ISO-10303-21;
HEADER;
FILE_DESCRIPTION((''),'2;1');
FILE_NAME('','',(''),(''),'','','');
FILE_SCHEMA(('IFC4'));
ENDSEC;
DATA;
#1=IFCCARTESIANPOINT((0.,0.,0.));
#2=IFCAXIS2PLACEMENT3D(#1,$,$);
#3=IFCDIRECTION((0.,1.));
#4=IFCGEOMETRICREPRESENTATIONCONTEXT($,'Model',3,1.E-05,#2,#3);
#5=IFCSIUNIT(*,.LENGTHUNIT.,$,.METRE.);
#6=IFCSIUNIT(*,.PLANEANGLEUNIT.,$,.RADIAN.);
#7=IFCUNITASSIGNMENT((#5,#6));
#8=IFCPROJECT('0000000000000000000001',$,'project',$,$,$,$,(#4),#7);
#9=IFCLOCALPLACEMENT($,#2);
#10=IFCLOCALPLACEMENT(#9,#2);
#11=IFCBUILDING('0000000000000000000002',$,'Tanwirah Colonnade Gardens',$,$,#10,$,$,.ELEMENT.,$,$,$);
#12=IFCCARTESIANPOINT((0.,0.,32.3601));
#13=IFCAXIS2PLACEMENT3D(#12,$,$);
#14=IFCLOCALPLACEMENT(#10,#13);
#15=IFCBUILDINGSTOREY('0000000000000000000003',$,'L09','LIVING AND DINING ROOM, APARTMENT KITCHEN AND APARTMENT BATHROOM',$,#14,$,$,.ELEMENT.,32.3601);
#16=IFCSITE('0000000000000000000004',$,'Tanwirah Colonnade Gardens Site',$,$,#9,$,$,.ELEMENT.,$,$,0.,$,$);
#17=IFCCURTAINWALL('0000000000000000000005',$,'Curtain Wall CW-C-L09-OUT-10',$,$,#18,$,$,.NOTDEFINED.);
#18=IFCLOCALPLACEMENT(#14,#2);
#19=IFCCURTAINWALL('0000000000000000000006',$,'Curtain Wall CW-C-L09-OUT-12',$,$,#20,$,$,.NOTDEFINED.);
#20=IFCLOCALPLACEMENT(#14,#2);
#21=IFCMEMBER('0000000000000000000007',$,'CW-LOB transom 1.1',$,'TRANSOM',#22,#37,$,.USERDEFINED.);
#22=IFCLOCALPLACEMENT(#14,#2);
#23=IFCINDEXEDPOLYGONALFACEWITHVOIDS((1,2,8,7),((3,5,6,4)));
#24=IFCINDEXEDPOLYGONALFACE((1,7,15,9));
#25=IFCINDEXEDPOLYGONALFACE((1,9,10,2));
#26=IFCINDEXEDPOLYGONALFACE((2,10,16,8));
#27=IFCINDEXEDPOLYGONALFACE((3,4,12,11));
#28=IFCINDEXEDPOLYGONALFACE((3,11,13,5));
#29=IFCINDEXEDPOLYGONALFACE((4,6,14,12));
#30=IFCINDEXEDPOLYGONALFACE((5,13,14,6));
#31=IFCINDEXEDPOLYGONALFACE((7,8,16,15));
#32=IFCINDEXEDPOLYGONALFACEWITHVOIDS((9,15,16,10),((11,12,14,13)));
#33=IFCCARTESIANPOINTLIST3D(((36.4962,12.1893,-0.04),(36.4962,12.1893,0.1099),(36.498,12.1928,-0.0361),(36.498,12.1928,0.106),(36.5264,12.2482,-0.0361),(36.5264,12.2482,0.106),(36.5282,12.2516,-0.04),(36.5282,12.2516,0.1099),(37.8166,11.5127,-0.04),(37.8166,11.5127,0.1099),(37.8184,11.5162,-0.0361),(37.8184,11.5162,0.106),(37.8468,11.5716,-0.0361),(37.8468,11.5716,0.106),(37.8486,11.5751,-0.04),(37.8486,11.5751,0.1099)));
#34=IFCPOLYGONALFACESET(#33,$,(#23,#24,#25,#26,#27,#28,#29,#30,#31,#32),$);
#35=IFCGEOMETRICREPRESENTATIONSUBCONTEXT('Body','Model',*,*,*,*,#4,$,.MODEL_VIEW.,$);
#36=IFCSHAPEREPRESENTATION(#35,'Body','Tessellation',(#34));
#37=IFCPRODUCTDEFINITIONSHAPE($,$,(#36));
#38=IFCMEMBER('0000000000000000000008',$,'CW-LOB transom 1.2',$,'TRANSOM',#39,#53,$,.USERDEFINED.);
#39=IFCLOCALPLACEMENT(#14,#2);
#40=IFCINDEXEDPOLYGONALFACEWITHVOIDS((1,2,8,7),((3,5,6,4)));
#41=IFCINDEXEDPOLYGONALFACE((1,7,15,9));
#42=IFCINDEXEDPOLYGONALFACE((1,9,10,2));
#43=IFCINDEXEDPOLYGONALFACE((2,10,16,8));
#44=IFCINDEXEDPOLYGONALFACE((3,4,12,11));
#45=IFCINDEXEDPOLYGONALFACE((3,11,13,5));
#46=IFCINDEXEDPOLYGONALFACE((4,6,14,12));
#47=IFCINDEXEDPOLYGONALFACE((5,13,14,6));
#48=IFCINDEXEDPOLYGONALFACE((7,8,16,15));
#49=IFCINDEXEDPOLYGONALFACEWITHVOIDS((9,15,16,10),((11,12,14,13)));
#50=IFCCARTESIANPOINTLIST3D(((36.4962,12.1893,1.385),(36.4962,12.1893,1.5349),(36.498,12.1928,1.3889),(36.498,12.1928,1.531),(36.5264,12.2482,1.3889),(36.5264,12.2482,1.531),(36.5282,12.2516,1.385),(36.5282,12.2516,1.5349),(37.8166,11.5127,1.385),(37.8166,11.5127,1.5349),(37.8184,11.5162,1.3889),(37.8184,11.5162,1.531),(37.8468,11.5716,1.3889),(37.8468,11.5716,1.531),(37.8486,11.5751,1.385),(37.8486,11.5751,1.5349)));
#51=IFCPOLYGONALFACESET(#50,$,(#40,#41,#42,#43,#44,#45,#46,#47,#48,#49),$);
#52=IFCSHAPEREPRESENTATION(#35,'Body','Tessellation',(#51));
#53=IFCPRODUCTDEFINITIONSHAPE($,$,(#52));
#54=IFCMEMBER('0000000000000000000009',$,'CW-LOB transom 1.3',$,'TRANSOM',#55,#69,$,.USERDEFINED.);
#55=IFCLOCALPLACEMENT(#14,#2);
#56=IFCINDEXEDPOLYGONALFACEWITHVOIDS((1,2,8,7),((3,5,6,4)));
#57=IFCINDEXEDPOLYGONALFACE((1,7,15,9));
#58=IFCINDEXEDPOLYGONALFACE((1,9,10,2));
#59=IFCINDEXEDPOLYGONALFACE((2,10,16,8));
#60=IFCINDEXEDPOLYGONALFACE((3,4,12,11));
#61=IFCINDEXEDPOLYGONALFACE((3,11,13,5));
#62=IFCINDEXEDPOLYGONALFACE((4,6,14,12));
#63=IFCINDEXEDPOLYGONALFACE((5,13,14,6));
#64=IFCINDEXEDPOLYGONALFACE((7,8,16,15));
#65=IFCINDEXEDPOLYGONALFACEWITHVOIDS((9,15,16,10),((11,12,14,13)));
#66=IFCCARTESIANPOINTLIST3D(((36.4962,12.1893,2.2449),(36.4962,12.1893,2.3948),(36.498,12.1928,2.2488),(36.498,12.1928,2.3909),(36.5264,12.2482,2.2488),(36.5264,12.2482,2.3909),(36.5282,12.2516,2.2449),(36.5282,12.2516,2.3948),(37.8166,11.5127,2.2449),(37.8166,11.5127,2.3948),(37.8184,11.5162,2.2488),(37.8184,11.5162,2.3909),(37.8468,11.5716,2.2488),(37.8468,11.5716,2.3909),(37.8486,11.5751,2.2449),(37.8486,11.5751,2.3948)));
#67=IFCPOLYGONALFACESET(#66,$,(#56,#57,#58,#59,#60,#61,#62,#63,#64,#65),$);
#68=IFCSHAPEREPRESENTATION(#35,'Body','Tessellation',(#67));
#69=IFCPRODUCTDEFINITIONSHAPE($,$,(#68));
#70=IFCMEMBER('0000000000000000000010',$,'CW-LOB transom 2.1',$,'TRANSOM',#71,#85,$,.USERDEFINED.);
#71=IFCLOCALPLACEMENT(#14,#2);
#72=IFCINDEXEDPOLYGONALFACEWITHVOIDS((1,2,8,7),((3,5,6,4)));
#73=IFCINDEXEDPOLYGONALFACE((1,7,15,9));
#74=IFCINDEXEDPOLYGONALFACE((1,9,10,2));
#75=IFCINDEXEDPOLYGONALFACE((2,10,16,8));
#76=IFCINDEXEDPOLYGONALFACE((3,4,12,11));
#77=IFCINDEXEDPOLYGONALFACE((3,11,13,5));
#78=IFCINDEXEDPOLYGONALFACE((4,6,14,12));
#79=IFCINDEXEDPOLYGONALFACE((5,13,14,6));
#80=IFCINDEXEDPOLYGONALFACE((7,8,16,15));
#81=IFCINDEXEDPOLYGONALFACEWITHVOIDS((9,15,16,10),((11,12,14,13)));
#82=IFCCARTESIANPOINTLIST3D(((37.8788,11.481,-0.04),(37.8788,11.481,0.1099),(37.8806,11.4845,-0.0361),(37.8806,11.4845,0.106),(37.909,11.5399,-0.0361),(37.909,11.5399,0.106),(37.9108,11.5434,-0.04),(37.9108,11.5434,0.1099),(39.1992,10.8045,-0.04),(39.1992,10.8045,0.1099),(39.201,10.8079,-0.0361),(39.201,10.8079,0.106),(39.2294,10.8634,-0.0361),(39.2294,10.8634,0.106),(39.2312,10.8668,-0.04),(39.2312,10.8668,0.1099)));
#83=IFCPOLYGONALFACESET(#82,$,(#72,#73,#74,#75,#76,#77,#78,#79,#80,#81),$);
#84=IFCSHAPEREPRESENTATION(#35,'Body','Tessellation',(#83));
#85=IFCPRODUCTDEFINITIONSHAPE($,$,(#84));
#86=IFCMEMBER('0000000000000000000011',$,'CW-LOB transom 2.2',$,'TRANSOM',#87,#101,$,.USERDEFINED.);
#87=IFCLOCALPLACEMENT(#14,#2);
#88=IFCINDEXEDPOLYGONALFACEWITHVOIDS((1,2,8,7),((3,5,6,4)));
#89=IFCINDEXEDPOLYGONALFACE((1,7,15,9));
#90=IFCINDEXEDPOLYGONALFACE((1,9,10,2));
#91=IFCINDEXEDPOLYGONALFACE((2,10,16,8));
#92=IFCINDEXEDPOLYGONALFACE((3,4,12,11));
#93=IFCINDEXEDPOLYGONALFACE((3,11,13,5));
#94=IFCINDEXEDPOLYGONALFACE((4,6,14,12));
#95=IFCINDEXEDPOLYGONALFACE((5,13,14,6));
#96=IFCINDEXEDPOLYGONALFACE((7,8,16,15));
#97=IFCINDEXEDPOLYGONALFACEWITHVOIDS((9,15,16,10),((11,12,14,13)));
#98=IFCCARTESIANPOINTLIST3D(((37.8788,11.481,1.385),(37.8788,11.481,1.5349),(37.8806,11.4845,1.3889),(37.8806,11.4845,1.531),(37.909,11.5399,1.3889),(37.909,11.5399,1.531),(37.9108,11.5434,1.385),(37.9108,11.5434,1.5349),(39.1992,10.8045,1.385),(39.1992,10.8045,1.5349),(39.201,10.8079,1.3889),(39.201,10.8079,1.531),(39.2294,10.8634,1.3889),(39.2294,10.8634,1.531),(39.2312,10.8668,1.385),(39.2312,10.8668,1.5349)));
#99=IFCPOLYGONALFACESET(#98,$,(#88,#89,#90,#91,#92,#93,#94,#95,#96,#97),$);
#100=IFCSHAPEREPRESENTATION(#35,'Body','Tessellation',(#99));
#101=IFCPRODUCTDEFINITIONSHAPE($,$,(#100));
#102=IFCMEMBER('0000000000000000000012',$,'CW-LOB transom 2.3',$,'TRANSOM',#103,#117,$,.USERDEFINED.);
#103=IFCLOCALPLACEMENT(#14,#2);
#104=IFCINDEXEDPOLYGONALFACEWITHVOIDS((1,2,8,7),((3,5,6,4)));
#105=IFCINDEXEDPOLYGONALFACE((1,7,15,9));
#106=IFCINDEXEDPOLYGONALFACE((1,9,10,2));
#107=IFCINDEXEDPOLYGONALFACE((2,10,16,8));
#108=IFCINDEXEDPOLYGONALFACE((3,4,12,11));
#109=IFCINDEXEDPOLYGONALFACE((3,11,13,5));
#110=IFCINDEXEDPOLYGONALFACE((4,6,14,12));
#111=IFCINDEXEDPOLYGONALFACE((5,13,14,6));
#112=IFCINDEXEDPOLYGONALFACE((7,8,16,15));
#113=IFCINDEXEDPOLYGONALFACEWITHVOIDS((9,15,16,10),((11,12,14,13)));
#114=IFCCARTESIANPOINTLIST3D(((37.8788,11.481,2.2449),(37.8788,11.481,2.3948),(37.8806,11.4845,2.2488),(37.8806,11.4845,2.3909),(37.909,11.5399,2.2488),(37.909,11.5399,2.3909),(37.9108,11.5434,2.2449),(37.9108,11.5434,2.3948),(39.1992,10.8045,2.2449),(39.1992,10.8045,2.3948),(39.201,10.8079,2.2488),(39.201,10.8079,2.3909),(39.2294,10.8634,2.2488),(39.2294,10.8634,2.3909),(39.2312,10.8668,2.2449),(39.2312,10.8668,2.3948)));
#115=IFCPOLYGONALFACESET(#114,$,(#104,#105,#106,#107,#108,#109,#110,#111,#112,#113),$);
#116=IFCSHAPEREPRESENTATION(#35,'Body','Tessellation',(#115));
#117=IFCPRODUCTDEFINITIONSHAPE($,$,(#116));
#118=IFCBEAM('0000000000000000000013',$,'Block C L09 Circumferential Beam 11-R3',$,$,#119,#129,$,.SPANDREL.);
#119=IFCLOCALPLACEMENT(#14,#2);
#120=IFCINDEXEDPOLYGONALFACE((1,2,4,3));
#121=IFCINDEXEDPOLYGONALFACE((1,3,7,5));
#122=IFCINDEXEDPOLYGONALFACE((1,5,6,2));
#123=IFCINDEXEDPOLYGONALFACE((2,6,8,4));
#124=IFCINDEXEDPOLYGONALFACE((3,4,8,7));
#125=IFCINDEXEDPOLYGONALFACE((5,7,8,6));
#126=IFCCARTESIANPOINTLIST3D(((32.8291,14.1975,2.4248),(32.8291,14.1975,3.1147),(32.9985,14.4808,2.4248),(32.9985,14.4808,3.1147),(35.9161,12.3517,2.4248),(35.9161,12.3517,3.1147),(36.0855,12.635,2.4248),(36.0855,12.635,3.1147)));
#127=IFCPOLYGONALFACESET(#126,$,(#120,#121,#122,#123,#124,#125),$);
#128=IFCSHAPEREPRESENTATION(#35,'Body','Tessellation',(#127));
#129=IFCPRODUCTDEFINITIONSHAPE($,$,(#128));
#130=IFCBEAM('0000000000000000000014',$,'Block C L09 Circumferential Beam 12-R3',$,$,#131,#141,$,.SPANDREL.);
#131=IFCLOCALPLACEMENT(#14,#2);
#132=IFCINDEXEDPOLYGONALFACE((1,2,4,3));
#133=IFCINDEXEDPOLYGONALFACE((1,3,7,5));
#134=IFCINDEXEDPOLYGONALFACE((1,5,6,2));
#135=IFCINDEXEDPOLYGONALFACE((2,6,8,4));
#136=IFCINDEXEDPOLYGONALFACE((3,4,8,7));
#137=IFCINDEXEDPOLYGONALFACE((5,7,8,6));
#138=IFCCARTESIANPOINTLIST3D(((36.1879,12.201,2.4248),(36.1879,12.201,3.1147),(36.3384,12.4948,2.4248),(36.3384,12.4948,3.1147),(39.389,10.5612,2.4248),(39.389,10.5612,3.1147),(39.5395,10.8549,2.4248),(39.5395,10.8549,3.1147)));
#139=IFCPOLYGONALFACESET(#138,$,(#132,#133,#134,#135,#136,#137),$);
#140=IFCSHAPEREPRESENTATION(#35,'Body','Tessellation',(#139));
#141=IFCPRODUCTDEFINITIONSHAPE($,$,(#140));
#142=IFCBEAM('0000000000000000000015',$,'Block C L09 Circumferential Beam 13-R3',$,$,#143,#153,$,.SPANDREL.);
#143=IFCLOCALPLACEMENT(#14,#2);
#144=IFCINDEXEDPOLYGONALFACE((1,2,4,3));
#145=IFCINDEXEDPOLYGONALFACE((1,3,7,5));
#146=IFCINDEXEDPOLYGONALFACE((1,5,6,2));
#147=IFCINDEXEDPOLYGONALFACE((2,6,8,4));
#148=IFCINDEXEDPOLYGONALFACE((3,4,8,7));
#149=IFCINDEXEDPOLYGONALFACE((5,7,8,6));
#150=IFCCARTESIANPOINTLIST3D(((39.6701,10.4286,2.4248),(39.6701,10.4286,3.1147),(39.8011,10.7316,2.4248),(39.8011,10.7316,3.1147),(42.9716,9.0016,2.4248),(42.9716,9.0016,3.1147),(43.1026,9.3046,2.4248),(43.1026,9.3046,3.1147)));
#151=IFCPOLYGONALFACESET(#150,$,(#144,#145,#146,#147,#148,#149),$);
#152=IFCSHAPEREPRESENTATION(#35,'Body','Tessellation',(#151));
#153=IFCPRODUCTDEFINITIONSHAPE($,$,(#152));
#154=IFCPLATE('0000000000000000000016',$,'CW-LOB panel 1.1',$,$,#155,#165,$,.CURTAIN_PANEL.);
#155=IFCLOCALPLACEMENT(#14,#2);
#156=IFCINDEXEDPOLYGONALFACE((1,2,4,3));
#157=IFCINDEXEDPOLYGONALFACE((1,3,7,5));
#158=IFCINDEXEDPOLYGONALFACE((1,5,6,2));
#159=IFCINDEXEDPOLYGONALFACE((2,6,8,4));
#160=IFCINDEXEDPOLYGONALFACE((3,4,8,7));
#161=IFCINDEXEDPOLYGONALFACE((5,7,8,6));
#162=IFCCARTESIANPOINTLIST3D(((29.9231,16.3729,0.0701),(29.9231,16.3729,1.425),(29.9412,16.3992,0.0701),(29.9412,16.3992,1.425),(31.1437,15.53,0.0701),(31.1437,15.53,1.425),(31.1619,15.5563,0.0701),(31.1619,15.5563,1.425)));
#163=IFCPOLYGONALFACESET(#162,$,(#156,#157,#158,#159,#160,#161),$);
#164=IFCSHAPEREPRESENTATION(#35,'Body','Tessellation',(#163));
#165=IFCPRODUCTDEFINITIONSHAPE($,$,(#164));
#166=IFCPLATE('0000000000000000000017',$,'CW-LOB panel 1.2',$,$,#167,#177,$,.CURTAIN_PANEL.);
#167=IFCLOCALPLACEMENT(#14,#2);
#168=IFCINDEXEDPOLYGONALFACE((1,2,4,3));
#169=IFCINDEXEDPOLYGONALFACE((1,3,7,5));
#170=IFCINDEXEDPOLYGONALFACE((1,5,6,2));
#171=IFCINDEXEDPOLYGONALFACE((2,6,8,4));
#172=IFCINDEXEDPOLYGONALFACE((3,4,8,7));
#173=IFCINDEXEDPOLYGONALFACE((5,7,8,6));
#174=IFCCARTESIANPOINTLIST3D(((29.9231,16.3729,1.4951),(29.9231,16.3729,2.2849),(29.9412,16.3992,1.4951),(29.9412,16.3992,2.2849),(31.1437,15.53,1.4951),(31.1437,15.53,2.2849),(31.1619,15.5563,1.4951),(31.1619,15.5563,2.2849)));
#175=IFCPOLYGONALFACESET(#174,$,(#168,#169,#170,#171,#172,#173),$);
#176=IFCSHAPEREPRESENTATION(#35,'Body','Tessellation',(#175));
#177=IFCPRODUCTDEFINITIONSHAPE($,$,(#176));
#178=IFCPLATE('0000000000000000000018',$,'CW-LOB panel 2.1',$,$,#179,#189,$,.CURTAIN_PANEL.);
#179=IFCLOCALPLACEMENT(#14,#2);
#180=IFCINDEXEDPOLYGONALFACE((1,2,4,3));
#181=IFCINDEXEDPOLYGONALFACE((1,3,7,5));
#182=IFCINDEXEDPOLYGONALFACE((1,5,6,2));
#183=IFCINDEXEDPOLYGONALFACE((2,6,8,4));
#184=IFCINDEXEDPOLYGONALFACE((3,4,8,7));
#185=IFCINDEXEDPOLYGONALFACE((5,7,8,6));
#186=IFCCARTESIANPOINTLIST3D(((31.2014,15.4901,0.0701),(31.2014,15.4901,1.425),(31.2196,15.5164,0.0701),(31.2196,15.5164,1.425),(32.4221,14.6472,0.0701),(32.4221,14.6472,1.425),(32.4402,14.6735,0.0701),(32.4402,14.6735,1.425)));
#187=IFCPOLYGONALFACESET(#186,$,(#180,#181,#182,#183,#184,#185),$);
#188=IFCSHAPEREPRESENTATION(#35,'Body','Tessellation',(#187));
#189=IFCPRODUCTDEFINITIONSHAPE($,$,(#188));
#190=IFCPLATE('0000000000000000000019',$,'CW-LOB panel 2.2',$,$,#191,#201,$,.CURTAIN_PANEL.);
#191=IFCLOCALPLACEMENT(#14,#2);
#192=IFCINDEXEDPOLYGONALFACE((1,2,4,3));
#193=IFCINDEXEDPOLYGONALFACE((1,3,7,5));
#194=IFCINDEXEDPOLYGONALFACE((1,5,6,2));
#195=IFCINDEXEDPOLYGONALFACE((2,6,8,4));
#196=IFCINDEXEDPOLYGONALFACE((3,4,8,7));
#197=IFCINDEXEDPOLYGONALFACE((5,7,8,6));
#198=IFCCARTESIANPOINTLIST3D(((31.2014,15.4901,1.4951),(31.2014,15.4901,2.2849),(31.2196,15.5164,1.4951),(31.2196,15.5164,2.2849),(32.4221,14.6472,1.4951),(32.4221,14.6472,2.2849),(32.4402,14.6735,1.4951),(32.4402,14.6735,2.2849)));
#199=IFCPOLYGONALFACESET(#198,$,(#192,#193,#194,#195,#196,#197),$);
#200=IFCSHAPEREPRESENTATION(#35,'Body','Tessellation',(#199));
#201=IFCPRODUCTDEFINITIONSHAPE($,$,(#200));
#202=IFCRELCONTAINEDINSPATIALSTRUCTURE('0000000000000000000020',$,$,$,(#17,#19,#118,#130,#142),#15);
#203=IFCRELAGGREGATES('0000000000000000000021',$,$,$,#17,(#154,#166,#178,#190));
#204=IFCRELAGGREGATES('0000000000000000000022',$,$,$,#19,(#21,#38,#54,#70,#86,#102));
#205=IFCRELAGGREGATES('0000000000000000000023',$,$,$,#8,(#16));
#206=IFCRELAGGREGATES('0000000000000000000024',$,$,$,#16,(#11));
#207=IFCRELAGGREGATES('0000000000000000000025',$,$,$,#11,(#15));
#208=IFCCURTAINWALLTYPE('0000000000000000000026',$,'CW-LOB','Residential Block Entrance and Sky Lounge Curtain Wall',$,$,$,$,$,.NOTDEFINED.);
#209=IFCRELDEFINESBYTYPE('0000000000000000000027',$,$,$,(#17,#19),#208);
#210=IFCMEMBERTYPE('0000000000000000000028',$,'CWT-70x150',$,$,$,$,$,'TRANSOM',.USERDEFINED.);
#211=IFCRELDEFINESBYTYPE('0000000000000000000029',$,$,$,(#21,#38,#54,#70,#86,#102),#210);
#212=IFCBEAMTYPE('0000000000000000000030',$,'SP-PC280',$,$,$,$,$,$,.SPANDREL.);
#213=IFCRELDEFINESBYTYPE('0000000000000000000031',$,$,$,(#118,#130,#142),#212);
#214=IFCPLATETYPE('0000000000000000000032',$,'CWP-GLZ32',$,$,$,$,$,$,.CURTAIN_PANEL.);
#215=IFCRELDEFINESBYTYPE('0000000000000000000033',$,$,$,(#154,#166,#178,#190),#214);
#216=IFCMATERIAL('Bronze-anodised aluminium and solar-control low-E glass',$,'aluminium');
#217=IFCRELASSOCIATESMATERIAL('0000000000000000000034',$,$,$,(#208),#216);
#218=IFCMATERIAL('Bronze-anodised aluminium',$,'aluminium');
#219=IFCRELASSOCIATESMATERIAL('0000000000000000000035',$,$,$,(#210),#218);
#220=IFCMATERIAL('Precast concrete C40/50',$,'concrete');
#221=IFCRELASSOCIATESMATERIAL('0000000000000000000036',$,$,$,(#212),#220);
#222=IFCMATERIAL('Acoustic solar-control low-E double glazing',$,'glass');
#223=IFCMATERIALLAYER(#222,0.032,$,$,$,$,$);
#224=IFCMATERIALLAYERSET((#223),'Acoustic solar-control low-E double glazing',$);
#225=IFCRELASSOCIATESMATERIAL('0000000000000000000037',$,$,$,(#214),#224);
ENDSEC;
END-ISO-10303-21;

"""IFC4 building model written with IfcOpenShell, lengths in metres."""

from ifc_helpers import new_model, si_unit, direction, frame, origin, origin_2d, place, context, subcontext, project, spatial, rectangle, hollow_rectangle, extrude, material, layer, layer_set, material_profile, profile_set, type_object, element, aggregate, save


model = new_model("IFC4")

# Units and contexts
model_context = context("Model", 3, precision=1e-05, world=origin(), true_north=direction((0.0, 1.0)))
body_context = subcontext(model_context, "Body", "Model", "MODEL_VIEW")
ifc_project = project(units=[si_unit("LENGTHUNIT", "METRE"), si_unit("PLANEANGLEUNIT", "RADIAN")], contexts=[model_context])

# Site, building, storey
site_placement = place(None, origin())
site = spatial("IfcSite", under=ifc_project, at=site_placement, Name="Tanwirah Colonnade Gardens Site", CompositionType="ELEMENT", RefElevation=0.0)
building_placement = place(site_placement, origin())
building = spatial("IfcBuilding", under=site, at=building_placement, Name="Tanwirah Colonnade Gardens", CompositionType="ELEMENT")
storey_placement = place(building_placement, frame((0.0, 0.0, 32.3601)))
storey = spatial("IfcBuildingStorey", under=building, at=storey_placement, Name="L09", Description="LIVING AND DINING ROOM, APARTMENT KITCHEN AND APARTMENT BATHROOM", CompositionType="ELEMENT", Elevation=32.3601)

# Shared definitions
ifc_material_1 = material(Name="Precast concrete C40/50", Category="concrete")

# Curtain walls
ifc_material_2 = material(Name="Bronze-anodised aluminium and solar-control low-E glass", Category="aluminium")
curtain_wall_type = type_object("IfcCurtainWallType", Name="CW-LOB", Description="Residential Block Entrance and Sky Lounge Curtain Wall", PredefinedType="NOTDEFINED", material=ifc_material_2)
curtain_wall_1_placement = place(storey_placement, origin())
curtain_wall_1 = element("IfcCurtainWall", 1, at=curtain_wall_1_placement, inside=storey, type_object=curtain_wall_type, Name="Curtain Wall CW-C-L09-OUT-10", PredefinedType="NOTDEFINED")
ifc_material_3 = material(Name="Bronze-anodised aluminium", Category="aluminium")
curtain_wall_2_placement = place(storey_placement, origin())
curtain_wall_2 = element("IfcCurtainWall", 2, at=curtain_wall_2_placement, inside=storey, type_object=curtain_wall_type, Name="Curtain Wall CW-C-L09-OUT-12", PredefinedType="NOTDEFINED")

# Members
ifc_material_profile_1 = material_profile(ifc_material_3, hollow_rectangle(XDim=0.0701, YDim=0.1499, WallThickness=0.0039, at=origin_2d()), Name="CW-TRN 70x150x4")
ifc_profile_set_1 = profile_set([ifc_material_profile_1], Name="Bronze-anodised aluminium")
member_type_1 = type_object("IfcMemberType", Name="CWT-70x150", ElementType="TRANSOM", PredefinedType="USERDEFINED", material=ifc_profile_set_1)
member_1_placement = place(storey_placement, frame((36.5122, 12.2205, 0.0349), z_axis=(0.889973, -0.456013, 0.0), x_axis=(0.456013, 0.889973, 0.0)))
member_1 = element("IfcMember", 3, at=member_1_placement, type_object=member_type_1, Name="CW-LOB transom 1.1", ObjectType="TRANSOM", PredefinedType="USERDEFINED", context=body_context, shape_type="SweptSolid", body=[
    extrude(hollow_rectangle(XDim=0.0701, YDim=0.1499, WallThickness=0.0039, at=origin_2d()), origin(), (0.0, 0.0, 1.0), 1.4836),
])
member_2_placement = place(storey_placement, frame((36.5122, 12.2205, 1.46), z_axis=(0.889973, -0.456013, 0.0), x_axis=(0.456013, 0.889973, 0.0)))
member_2 = element("IfcMember", 4, at=member_2_placement, type_object=member_type_1, Name="CW-LOB transom 1.2", ObjectType="TRANSOM", PredefinedType="USERDEFINED", context=body_context, shape_type="SweptSolid", body=[
    extrude(hollow_rectangle(XDim=0.0701, YDim=0.1499, WallThickness=0.0039, at=origin_2d()), origin(), (0.0, 0.0, 1.0), 1.4836),
])
member_3_placement = place(storey_placement, frame((36.5122, 12.2205, 2.3198), z_axis=(0.889973, -0.456013, 0.0), x_axis=(0.456013, 0.889973, 0.0)))
member_3 = element("IfcMember", 5, at=member_3_placement, type_object=member_type_1, Name="CW-LOB transom 1.3", ObjectType="TRANSOM", PredefinedType="USERDEFINED", context=body_context, shape_type="SweptSolid", body=[
    extrude(hollow_rectangle(XDim=0.0701, YDim=0.1499, WallThickness=0.0039, at=origin_2d()), origin(), (0.0, 0.0, 1.0), 1.4836),
])
member_4_placement = place(storey_placement, frame((37.8948, 11.5122, 0.0349), z_axis=(0.889973, -0.456013, 0.0), x_axis=(0.456013, 0.889973, 0.0)))
member_4 = element("IfcMember", 6, at=member_4_placement, type_object=member_type_1, Name="CW-LOB transom 2.1", ObjectType="TRANSOM", PredefinedType="USERDEFINED", context=body_context, shape_type="SweptSolid", body=[
    extrude(hollow_rectangle(XDim=0.0701, YDim=0.1499, WallThickness=0.0039, at=origin_2d()), origin(), (0.0, 0.0, 1.0), 1.4836),
])
member_5_placement = place(storey_placement, frame((37.8948, 11.5122, 1.46), z_axis=(0.889973, -0.456013, 0.0), x_axis=(0.456013, 0.889973, 0.0)))
member_5 = element("IfcMember", 7, at=member_5_placement, type_object=member_type_1, Name="CW-LOB transom 2.2", ObjectType="TRANSOM", PredefinedType="USERDEFINED", context=body_context, shape_type="SweptSolid", body=[
    extrude(hollow_rectangle(XDim=0.0701, YDim=0.1499, WallThickness=0.0039, at=origin_2d()), origin(), (0.0, 0.0, 1.0), 1.4836),
])
member_6_placement = place(storey_placement, frame((37.8948, 11.5122, 2.3198), z_axis=(0.889973, -0.456013, 0.0), x_axis=(0.456013, 0.889973, 0.0)))
member_6 = element("IfcMember", 8, at=member_6_placement, type_object=member_type_1, Name="CW-LOB transom 2.3", ObjectType="TRANSOM", PredefinedType="USERDEFINED", context=body_context, shape_type="SweptSolid", body=[
    extrude(hollow_rectangle(XDim=0.0701, YDim=0.1499, WallThickness=0.0039, at=origin_2d()), origin(), (0.0, 0.0, 1.0), 1.4836),
])

# Beams
ifc_material_profile_2 = material_profile(ifc_material_1, rectangle(XDim=0.3301, YDim=0.6899, at=origin_2d()), Name="PC-SP 330x690")
ifc_profile_set_2 = profile_set([ifc_material_profile_2], Name="Precast concrete C40/50")
beam_type = type_object("IfcBeamType", Name="SP-PC280", PredefinedType="SPANDREL", material=ifc_profile_set_2)
for number, where, z_axis, x_axis, name in (
    (9, (32.9138, 14.3391, 2.7698), (0.858283, -0.513177, 0.0), (0.513177, 0.858283, 0.0), "Block C L09 Circumferential Beam 11-R3"),
    (10, (36.2632, 12.3479, 2.7698), (0.890013, -0.455935, 0.0), (0.455935, 0.890013, 0.0), "Block C L09 Circumferential Beam 12-R3"),
    (11, (39.7356, 10.5801, 2.7698), (0.917926, -0.396752, 0.0), (0.396752, 0.917926, 0.0), "Block C L09 Circumferential Beam 13-R3"),
):
    element("IfcBeam", number, at=place(storey_placement, frame(where, z_axis=z_axis, x_axis=x_axis)), inside=storey, type_object=beam_type, Name=name, PredefinedType="SPANDREL", context=body_context, shape_type="SweptSolid", body=[
        extrude(rectangle(XDim=0.3301, YDim=0.6899, at=origin_2d()), origin(), (0.0, 0.0, 1.0), 3.5967),
    ])

# Plates
ifc_material_4 = material(Name="Acoustic solar-control low-E double glazing", Category="glass")
ifc_layer_1 = layer(ifc_material_4, 0.032)
ifc_layer_set_1 = layer_set([ifc_layer_1], Name="Acoustic solar-control low-E double glazing")
plate_type = type_object("IfcPlateType", Name="CWP-GLZ32", PredefinedType="CURTAIN_PANEL", material=ifc_layer_set_1)
plate_1_placement = place(storey_placement, frame((30.5425, 15.9646, 0.0701), z_axis=(0.0, 0.0, 1.0), x_axis=(0.822889, -0.568202, 0.0)))
plate_1 = element("IfcPlate", 12, at=plate_1_placement, type_object=plate_type, Name="CW-LOB panel 1.1", PredefinedType="CURTAIN_PANEL", context=body_context, shape_type="SweptSolid", body=[
    extrude(rectangle(XDim=1.4834, YDim=0.032, at=origin_2d()), origin(), (0.0, 0.0, 1.0), 1.355),
])
plate_2_placement = place(storey_placement, frame((30.5425, 15.9646, 1.4951), z_axis=(0.0, 0.0, 1.0), x_axis=(0.822889, -0.568202, 0.0)))
plate_2 = element("IfcPlate", 13, at=plate_2_placement, type_object=plate_type, Name="CW-LOB panel 1.2", PredefinedType="CURTAIN_PANEL", context=body_context, shape_type="SweptSolid", body=[
    extrude(rectangle(XDim=1.4834, YDim=0.032, at=origin_2d()), origin(), (0.0, 0.0, 1.0), 0.7898),
])
plate_3_placement = place(storey_placement, frame((31.8208, 15.0818, 0.0701), z_axis=(0.0, 0.0, 1.0), x_axis=(0.822889, -0.568202, 0.0)))
plate_3 = element("IfcPlate", 14, at=plate_3_placement, type_object=plate_type, Name="CW-LOB panel 2.1", PredefinedType="CURTAIN_PANEL", context=body_context, shape_type="SweptSolid", body=[
    extrude(rectangle(XDim=1.4834, YDim=0.032, at=origin_2d()), origin(), (0.0, 0.0, 1.0), 1.355),
])
plate_4_placement = place(storey_placement, frame((31.8208, 15.0818, 1.4951), z_axis=(0.0, 0.0, 1.0), x_axis=(0.822889, -0.568202, 0.0)))
plate_4 = element("IfcPlate", 15, at=plate_4_placement, type_object=plate_type, Name="CW-LOB panel 2.2", PredefinedType="CURTAIN_PANEL", context=body_context, shape_type="SweptSolid", body=[
    extrude(rectangle(XDim=1.4834, YDim=0.032, at=origin_2d()), origin(), (0.0, 0.0, 1.0), 0.7898),
])
aggregate(curtain_wall_1, [plate_1, plate_2, plate_3, plate_4])
aggregate(curtain_wall_2, [member_1, member_2, member_3, member_4, member_5, member_6])

save(model, "model.ifc")
